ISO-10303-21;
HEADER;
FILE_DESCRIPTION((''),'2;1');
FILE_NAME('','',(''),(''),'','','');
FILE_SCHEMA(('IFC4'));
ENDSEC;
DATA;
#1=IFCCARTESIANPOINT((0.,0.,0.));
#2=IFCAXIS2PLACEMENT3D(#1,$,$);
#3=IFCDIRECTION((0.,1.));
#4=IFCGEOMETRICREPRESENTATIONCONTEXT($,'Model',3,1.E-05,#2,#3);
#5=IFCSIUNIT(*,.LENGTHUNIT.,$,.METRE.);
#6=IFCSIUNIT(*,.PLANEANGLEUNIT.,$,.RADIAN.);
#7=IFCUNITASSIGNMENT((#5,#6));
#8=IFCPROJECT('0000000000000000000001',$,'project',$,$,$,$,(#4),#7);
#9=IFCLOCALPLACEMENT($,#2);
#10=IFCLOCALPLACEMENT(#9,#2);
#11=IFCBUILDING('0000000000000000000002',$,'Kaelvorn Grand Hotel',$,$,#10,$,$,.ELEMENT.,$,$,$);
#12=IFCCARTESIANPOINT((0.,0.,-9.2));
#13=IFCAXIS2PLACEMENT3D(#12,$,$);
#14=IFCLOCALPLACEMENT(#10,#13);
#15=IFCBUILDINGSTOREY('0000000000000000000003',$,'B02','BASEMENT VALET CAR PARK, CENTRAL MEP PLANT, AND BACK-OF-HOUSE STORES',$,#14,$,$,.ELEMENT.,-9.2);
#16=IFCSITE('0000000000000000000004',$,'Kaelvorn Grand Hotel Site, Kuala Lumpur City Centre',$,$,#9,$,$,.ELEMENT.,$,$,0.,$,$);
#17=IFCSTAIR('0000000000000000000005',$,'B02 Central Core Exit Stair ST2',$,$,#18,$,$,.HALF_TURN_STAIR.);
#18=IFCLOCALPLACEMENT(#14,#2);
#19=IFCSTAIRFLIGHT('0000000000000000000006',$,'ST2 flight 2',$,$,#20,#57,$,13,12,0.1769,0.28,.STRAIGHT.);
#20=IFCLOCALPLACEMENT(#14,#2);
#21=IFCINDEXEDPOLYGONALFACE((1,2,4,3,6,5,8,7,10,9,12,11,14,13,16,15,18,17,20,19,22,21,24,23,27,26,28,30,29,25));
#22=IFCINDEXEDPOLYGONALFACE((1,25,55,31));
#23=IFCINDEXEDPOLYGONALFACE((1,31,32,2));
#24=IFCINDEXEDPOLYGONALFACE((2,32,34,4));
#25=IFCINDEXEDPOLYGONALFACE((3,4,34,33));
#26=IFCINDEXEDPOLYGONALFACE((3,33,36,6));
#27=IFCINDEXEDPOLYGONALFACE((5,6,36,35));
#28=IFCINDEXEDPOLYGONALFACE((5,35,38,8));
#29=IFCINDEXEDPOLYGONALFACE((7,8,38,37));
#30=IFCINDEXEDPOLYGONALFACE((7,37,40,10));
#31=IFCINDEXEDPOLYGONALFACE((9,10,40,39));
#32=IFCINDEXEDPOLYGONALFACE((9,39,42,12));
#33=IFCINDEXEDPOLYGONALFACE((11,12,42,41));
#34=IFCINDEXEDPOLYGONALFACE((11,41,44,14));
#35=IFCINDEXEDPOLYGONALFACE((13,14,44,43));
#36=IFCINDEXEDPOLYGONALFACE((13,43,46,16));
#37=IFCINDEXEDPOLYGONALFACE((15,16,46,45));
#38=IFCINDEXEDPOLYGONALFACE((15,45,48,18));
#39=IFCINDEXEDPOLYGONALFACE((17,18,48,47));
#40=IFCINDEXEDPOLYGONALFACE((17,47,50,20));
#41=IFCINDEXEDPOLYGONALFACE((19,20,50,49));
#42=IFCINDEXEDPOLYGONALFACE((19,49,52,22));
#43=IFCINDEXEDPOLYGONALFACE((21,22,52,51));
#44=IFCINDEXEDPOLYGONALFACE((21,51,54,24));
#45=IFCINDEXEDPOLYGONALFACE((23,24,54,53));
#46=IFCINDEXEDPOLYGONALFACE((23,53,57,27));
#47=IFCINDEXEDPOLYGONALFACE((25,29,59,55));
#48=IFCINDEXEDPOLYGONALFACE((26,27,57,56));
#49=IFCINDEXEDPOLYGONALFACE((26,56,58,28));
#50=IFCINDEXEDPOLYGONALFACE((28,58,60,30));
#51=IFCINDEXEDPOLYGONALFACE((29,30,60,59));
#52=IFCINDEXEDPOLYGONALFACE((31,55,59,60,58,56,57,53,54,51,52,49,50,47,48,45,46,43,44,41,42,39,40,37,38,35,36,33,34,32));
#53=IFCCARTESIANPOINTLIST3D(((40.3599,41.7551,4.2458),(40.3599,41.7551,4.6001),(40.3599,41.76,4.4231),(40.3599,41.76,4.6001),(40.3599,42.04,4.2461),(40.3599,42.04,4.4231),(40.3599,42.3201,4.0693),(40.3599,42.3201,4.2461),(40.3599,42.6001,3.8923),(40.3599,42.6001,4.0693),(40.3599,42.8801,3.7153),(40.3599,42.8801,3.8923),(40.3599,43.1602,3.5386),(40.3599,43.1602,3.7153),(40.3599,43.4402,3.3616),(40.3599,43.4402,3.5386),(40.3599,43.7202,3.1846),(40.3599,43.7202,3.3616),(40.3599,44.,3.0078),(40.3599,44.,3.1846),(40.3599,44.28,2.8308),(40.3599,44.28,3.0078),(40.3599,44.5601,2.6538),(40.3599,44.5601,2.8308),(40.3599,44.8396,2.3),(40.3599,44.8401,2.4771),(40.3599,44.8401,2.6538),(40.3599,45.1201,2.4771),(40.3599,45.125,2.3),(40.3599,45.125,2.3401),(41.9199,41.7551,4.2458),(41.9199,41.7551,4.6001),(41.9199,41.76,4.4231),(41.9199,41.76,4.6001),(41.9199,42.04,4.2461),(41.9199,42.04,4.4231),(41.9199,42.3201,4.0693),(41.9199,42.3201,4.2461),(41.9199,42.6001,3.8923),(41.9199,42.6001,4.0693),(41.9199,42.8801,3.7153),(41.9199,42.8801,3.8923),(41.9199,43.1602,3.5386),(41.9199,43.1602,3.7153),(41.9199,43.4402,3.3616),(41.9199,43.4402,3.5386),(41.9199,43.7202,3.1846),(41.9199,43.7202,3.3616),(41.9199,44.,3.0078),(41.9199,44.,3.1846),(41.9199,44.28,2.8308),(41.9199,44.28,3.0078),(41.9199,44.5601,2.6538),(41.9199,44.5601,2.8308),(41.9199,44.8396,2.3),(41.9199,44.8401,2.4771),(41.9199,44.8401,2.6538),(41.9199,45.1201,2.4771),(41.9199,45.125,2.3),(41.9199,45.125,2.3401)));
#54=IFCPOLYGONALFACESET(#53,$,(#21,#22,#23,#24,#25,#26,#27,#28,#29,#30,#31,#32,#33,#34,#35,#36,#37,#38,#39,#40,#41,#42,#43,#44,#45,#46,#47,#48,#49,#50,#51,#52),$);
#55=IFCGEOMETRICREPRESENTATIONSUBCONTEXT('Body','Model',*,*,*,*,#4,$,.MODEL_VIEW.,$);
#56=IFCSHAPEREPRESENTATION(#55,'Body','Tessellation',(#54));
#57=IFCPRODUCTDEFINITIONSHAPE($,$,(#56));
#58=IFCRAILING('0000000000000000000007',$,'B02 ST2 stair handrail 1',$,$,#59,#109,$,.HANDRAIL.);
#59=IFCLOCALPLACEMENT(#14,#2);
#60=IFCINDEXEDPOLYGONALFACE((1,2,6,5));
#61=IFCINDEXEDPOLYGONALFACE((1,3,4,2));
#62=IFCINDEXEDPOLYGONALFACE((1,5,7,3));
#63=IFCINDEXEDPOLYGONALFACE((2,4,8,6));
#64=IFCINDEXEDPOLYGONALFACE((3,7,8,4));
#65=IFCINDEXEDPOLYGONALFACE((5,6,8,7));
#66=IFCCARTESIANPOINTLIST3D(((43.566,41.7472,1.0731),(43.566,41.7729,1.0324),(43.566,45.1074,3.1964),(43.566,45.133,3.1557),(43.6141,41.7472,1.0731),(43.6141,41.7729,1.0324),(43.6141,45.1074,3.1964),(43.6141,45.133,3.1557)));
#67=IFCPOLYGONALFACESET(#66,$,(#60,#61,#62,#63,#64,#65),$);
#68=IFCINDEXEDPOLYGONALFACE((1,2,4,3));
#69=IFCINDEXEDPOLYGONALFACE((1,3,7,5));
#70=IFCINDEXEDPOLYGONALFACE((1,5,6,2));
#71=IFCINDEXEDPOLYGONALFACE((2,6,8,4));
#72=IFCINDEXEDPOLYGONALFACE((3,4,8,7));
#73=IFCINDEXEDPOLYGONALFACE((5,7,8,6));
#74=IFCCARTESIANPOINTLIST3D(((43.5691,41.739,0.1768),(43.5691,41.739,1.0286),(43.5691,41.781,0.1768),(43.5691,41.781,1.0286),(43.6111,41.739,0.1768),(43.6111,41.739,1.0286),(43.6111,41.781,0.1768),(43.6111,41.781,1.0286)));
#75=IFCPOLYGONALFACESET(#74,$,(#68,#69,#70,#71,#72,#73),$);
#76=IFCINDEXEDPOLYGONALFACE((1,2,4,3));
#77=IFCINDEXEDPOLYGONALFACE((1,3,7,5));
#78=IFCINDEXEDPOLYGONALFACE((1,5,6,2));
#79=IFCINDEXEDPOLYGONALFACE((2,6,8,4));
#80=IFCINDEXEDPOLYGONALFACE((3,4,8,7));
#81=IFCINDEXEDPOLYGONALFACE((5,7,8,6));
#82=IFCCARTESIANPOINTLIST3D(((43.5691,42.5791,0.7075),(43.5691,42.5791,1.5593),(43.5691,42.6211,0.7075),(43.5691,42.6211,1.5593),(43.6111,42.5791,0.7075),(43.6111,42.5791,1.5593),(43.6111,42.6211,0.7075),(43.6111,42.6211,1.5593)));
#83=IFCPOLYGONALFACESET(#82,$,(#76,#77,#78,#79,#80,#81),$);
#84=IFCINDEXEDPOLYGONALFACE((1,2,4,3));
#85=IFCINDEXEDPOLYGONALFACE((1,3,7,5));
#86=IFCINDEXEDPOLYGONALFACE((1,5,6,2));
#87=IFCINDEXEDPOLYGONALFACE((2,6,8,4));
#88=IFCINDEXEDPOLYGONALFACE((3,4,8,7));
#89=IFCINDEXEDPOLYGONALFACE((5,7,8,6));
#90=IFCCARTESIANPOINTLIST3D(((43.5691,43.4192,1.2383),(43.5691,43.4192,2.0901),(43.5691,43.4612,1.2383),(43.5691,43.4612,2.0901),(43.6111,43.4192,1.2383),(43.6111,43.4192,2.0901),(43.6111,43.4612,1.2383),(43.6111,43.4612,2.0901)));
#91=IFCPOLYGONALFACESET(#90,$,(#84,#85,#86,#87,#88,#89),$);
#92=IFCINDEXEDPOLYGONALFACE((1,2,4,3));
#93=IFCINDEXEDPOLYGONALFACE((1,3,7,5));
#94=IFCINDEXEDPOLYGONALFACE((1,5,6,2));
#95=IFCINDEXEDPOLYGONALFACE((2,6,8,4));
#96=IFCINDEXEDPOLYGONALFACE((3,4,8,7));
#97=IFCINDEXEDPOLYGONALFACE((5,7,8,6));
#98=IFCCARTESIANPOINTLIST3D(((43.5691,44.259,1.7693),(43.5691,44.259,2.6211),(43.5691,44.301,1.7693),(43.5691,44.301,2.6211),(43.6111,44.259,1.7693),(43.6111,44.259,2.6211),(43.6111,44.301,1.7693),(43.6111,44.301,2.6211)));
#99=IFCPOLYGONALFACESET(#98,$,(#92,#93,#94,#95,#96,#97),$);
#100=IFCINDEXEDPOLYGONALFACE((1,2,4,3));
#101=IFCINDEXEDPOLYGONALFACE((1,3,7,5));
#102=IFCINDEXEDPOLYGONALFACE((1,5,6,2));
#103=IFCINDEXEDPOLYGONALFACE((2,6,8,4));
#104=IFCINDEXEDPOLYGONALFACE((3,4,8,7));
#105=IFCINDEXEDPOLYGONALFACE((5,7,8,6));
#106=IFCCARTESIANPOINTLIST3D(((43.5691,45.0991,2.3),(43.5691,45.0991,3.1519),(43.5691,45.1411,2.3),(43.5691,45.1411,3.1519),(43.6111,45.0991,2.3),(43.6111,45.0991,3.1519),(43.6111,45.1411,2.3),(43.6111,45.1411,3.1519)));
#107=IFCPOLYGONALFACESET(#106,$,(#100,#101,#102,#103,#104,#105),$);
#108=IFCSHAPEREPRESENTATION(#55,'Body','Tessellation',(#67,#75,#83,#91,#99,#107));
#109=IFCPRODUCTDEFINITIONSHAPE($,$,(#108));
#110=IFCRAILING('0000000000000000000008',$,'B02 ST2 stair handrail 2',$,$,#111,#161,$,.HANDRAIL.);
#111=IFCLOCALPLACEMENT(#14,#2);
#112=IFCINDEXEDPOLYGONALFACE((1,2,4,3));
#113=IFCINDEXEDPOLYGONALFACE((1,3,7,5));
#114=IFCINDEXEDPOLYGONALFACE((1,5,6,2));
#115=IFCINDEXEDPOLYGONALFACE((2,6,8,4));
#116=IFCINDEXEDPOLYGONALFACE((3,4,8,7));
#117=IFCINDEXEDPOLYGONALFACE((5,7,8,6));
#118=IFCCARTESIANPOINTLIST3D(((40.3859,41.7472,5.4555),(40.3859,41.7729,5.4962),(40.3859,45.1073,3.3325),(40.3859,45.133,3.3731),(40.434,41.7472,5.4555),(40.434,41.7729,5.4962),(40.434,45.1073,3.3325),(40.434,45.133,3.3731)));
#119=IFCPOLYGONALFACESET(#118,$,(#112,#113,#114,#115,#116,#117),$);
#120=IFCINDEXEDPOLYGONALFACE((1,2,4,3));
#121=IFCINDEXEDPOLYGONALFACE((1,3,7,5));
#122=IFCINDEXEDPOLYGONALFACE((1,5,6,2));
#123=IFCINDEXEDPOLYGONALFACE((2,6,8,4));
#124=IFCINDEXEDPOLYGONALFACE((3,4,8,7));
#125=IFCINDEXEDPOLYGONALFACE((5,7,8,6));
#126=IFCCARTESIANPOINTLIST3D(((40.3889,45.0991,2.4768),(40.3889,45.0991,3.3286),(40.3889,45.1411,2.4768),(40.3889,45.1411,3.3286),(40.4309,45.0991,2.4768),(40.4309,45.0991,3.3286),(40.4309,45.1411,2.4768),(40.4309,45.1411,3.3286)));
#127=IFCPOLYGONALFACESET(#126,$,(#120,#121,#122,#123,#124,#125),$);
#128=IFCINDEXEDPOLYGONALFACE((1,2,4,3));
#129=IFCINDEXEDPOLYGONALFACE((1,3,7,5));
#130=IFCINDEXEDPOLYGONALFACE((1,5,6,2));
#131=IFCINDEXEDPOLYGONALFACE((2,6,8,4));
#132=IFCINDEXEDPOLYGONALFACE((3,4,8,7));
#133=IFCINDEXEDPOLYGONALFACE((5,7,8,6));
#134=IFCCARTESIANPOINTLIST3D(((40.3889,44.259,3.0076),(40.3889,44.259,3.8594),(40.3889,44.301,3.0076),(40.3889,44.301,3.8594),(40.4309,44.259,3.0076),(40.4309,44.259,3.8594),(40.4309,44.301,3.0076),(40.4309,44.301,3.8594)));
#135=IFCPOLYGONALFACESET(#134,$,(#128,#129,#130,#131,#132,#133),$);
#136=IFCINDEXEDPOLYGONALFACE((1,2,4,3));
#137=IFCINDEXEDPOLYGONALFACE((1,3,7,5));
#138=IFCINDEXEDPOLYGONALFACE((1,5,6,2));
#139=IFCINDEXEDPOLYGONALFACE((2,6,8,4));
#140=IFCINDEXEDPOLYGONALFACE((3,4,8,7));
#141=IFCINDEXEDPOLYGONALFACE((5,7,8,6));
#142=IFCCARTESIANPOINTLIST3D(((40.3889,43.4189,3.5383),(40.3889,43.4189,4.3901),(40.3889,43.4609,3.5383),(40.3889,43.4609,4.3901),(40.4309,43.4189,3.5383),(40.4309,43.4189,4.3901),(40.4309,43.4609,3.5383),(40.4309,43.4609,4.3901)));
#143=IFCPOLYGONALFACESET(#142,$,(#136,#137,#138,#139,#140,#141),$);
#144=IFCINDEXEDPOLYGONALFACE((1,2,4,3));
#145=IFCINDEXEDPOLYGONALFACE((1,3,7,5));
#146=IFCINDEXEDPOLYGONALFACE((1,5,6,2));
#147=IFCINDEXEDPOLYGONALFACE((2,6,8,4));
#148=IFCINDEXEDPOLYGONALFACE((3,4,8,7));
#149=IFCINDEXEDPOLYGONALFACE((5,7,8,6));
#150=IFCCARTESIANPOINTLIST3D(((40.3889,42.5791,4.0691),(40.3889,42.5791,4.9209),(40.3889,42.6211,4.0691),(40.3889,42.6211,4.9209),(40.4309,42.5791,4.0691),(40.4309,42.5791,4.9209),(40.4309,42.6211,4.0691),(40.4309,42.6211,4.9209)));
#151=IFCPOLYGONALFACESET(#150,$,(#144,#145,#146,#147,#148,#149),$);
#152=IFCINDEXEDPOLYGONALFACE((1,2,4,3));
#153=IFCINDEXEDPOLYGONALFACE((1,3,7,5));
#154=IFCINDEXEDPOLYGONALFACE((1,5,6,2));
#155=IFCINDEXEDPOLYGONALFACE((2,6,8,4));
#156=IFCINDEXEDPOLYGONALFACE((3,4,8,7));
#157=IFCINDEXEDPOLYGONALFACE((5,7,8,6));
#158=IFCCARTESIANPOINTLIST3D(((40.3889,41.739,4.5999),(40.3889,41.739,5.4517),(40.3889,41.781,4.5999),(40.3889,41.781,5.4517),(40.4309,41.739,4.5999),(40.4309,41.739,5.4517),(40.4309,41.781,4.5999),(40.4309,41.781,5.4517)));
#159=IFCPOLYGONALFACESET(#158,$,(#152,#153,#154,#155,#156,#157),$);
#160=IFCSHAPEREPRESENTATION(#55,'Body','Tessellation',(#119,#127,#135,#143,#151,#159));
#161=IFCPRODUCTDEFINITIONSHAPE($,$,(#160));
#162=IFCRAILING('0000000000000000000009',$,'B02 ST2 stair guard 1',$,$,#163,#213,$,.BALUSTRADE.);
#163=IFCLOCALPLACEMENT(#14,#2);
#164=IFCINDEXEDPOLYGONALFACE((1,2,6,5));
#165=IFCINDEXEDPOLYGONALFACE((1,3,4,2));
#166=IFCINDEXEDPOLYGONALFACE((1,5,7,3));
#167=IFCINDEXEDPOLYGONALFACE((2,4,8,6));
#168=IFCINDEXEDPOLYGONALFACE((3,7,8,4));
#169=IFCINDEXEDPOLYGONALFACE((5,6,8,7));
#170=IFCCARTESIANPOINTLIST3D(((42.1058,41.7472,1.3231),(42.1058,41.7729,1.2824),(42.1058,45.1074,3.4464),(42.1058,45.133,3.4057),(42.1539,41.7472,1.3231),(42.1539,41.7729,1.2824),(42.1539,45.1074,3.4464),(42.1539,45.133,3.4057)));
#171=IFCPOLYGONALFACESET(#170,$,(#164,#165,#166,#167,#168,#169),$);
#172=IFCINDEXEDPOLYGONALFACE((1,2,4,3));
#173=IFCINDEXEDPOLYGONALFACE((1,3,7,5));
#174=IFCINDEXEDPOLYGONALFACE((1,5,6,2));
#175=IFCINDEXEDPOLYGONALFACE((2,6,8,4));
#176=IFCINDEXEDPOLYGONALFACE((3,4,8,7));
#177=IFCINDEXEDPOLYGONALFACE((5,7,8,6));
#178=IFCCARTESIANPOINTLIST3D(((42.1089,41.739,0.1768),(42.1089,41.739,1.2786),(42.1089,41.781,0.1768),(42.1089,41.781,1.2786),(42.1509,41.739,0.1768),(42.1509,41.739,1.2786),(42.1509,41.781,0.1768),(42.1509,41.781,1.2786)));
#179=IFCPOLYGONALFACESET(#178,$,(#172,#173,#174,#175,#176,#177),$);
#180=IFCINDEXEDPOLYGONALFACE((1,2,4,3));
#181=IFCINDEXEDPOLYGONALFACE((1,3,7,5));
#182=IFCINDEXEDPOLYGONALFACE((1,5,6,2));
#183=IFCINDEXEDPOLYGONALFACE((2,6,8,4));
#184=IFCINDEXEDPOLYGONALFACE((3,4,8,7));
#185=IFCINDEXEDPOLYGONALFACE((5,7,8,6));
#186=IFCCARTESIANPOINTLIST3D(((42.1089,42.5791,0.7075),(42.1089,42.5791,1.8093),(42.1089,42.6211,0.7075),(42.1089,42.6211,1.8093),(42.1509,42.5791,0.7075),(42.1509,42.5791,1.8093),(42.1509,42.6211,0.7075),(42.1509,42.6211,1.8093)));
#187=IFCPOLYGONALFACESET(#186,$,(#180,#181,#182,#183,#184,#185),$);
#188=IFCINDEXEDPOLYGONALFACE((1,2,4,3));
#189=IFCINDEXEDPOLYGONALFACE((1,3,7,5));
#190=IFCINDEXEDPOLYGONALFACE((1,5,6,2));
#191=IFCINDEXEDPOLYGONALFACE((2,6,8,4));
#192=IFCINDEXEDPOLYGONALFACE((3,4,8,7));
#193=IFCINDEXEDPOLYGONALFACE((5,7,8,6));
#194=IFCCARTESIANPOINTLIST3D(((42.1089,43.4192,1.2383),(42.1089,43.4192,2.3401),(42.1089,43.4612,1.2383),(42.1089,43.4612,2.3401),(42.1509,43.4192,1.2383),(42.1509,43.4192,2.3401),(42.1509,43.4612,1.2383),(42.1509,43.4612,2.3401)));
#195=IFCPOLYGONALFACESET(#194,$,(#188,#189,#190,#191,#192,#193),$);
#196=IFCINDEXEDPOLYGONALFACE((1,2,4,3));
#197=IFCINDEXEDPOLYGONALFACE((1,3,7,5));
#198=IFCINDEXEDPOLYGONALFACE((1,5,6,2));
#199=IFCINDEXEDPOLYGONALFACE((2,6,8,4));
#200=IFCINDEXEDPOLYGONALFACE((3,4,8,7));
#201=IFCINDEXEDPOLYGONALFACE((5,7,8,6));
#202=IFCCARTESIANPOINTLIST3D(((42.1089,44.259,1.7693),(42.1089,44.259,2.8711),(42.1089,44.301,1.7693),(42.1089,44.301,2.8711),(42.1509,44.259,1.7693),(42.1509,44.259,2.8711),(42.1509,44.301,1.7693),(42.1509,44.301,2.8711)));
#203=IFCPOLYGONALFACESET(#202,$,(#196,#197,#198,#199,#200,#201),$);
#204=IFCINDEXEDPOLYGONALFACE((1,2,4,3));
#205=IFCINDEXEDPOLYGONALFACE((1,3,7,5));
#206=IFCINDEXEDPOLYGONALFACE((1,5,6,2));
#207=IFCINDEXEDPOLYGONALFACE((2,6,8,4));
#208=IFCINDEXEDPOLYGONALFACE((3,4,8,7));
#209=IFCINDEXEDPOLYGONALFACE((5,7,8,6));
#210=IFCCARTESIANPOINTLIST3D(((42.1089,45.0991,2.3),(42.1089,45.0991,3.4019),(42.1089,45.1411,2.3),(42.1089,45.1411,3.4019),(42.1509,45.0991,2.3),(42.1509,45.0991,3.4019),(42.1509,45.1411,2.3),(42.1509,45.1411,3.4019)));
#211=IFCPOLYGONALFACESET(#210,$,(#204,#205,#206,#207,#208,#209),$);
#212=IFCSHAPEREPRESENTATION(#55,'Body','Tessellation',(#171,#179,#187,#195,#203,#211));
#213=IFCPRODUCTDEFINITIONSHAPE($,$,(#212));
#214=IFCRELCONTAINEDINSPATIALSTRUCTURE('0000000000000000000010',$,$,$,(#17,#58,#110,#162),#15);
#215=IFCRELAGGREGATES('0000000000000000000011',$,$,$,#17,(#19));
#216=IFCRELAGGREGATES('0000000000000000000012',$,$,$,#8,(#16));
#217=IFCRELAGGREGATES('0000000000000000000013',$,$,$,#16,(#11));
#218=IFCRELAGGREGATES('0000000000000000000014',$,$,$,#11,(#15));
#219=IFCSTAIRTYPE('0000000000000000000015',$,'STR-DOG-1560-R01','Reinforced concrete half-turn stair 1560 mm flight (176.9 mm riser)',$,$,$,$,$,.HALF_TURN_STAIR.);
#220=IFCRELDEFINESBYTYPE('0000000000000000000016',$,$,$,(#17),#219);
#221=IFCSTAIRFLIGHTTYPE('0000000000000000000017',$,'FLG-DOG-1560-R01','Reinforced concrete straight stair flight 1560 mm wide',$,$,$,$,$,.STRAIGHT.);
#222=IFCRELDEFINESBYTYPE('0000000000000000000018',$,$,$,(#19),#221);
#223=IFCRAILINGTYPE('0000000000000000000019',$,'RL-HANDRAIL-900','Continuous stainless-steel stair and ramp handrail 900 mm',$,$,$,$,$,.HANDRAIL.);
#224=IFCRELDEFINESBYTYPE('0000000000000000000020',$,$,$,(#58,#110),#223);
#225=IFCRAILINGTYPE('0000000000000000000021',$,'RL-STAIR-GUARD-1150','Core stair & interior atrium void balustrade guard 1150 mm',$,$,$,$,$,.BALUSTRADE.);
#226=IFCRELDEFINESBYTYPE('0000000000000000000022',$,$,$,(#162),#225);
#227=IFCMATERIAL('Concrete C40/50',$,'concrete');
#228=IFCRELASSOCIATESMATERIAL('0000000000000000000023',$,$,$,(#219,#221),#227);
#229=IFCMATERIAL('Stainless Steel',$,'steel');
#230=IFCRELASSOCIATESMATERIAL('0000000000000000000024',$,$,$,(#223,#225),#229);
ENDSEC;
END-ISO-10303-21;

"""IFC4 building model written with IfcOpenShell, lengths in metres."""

from ifc_helpers import new_model, si_unit, direction, frame, origin, origin_2d, place, context, subcontext, project, spatial, polyline, rectangle, outline, extrude, material, type_object, element, aggregate, save


model = new_model("IFC4")

# Units and contexts
model_context = context("Model", 3, precision=1e-05, world=origin(), true_north=direction((0.0, 1.0)))
body_context = subcontext(model_context, "Body", "Model", "MODEL_VIEW")
ifc_project = project(units=[si_unit("LENGTHUNIT", "METRE"), si_unit("PLANEANGLEUNIT", "RADIAN")], contexts=[model_context])

# Site, building, storey
site_placement = place(None, origin())
site = spatial("IfcSite", under=ifc_project, at=site_placement, Name="Kaelvorn Grand Hotel Site, Kuala Lumpur City Centre", CompositionType="ELEMENT", RefElevation=0.0)
building_placement = place(site_placement, origin())
building = spatial("IfcBuilding", under=site, at=building_placement, Name="Kaelvorn Grand Hotel", CompositionType="ELEMENT")
storey_placement = place(building_placement, frame((0.0, 0.0, -9.2)))
storey = spatial("IfcBuildingStorey", under=building, at=storey_placement, Name="B02", Description="BASEMENT VALET CAR PARK, CENTRAL MEP PLANT, AND BACK-OF-HOUSE STORES", CompositionType="ELEMENT", Elevation=-9.2)

# Shared definitions
ifc_material_1 = material(Name="Concrete C40/50", Category="concrete")

# Stair, stair flight
stair_type = type_object("IfcStairType", Name="STR-DOG-1560-R01", Description="Reinforced concrete half-turn stair 1560 mm flight (176.9 mm riser)", PredefinedType="HALF_TURN_STAIR", material=ifc_material_1)
stair_placement = place(storey_placement, origin())
stair = element("IfcStair", 1, at=stair_placement, inside=storey, type_object=stair_type, Name="B02 Central Core Exit Stair ST2", PredefinedType="HALF_TURN_STAIR")
stair_flight_type = type_object("IfcStairFlightType", Name="FLG-DOG-1560-R01", Description="Reinforced concrete straight stair flight 1560 mm wide", PredefinedType="STRAIGHT", material=ifc_material_1)
stair_flight_1_placement = place(storey_placement, frame((41.1399, 45.1201, 2.3), z_axis=(0.0, 0.0, 1.0), x_axis=(0.0, -1.0, 0.0)))
stair_flight_1 = element("IfcStairFlight", 2, at=stair_flight_1_placement, type_object=stair_flight_type, Name="ST2 flight 2", NumberOfRisers=13, NumberOfTreads=12, PredefinedType="STRAIGHT", RiserHeight=0.1769, TreadLength=0.28, context=body_context, shape_type="SweptSolid", body=[
    extrude(outline(polyline([(-0.0049, 0.0), (-0.0049, 0.04), (0.0, 0.177), (0.28, 0.177), (0.28, 0.3538), (0.5601, 0.3538), (0.5601, 0.5308), (0.8401, 0.5308), (0.8401, 0.7078), (1.1201, 0.7078), (1.1201, 0.8845), (1.3999, 0.8845), (1.3999, 1.0615), (1.6799, 1.0615), (1.6799, 1.2385), (1.96, 1.2385), (1.96, 1.4153), (2.24, 1.4153), (2.24, 1.5923), (2.52, 1.5923), (2.52, 1.7693), (2.8, 1.7693), (2.8, 1.946), (3.0801, 1.946), (3.0801, 2.123), (3.3601, 2.123), (3.3601, 2.3), (3.365, 2.3), (3.365, 1.9458), (0.2805, 0.0), (-0.0049, 0.0)])), frame((0.0, 0.78, 0.0), z_axis=(0.0, -1.0, 0.0), x_axis=(1.0, 0.0, 0.0)), (0.0, 0.0, 1.0), 1.5601),
])
aggregate(stair, [stair_flight_1])

# Railings
ifc_material_2 = material(Name="Stainless Steel", Category="steel")
railing_type_1 = type_object("IfcRailingType", Name="RL-HANDRAIL-900", Description="Continuous stainless-steel stair and ramp handrail 900 mm", PredefinedType="HANDRAIL", material=ifc_material_2)
railing_1_placement = place(storey_placement, frame((43.5901, 41.76, 0.1768)))
element("IfcRailing", 3, at=railing_1_placement, inside=storey, type_object=railing_type_1, Name="B02 ST2 stair handrail 1", PredefinedType="HANDRAIL", context=body_context, shape_type="SweptSolid", body=[
    extrude(rectangle(XDim=0.0481, YDim=0.0481, at=origin_2d()), frame((0.0, 0.0, 0.876), z_axis=(0.0, 0.845362, 0.534194), x_axis=(-1.0, 0.0, 0.0)), (0.0, 0.0, 1.0), 3.9749),
    extrude(rectangle(XDim=0.042, YDim=0.042, at=origin_2d()), origin(), (0.0, 0.0, 1.0), 0.8518),
    extrude(rectangle(XDim=0.042, YDim=0.042, at=origin_2d()), frame((0.0, 0.8401, 0.5308)), (0.0, 0.0, 1.0), 0.8518),
    extrude(rectangle(XDim=0.042, YDim=0.042, at=origin_2d()), frame((0.0, 1.6802, 1.0615)), (0.0, 0.0, 1.0), 0.8518),
    extrude(rectangle(XDim=0.042, YDim=0.042, at=origin_2d()), frame((0.0, 2.52, 1.5925)), (0.0, 0.0, 1.0), 0.8518),
    extrude(rectangle(XDim=0.042, YDim=0.042, at=origin_2d()), frame((0.0, 3.3601, 2.1233)), (0.0, 0.0, 1.0), 0.8518),
])
railing_2_placement = place(storey_placement, frame((40.4099, 45.1201, 2.4768)))
element("IfcRailing", 4, at=railing_2_placement, inside=storey, type_object=railing_type_1, Name="B02 ST2 stair handrail 2", PredefinedType="HANDRAIL", context=body_context, shape_type="SweptSolid", body=[
    extrude(rectangle(XDim=0.0481, YDim=0.0481, at=origin_2d()), frame((0.0, 0.0, 0.876), z_axis=(0.0, -0.84539, 0.53415), x_axis=(1.0, 0.0, 0.0)), (0.0, 0.0, 1.0), 3.9746),
    extrude(rectangle(XDim=0.042, YDim=0.042, at=origin_2d()), origin(), (0.0, 0.0, 1.0), 0.8518),
    extrude(rectangle(XDim=0.042, YDim=0.042, at=origin_2d()), frame((0.0, -0.8401, 0.5308)), (0.0, 0.0, 1.0), 0.8518),
    extrude(rectangle(XDim=0.042, YDim=0.042, at=origin_2d()), frame((0.0, -1.6802, 1.0615)), (0.0, 0.0, 1.0), 0.8518),
    extrude(rectangle(XDim=0.042, YDim=0.042, at=origin_2d()), frame((0.0, -2.52, 1.5923)), (0.0, 0.0, 1.0), 0.8518),
    extrude(rectangle(XDim=0.042, YDim=0.042, at=origin_2d()), frame((0.0, -3.3601, 2.123)), (0.0, 0.0, 1.0), 0.8518),
])
railing_type_2 = type_object("IfcRailingType", Name="RL-STAIR-GUARD-1150", Description="Core stair & interior atrium void balustrade guard 1150 mm", PredefinedType="BALUSTRADE", material=ifc_material_2)
railing_3_placement = place(storey_placement, frame((42.1299, 41.76, 0.1768)))
element("IfcRailing", 5, at=railing_3_placement, inside=storey, type_object=railing_type_2, Name="B02 ST2 stair guard 1", PredefinedType="BALUSTRADE", context=body_context, shape_type="SweptSolid", body=[
    extrude(rectangle(XDim=0.0481, YDim=0.0481, at=origin_2d()), frame((0.0, 0.0, 1.126), z_axis=(0.0, 0.845362, 0.534194), x_axis=(-1.0, 0.0, 0.0)), (0.0, 0.0, 1.0), 3.9749),
    extrude(rectangle(XDim=0.042, YDim=0.042, at=origin_2d()), origin(), (0.0, 0.0, 1.0), 1.1018),
    extrude(rectangle(XDim=0.042, YDim=0.042, at=origin_2d()), frame((0.0, 0.8401, 0.5308)), (0.0, 0.0, 1.0), 1.1018),
    extrude(rectangle(XDim=0.042, YDim=0.042, at=origin_2d()), frame((0.0, 1.6802, 1.0615)), (0.0, 0.0, 1.0), 1.1018),
    extrude(rectangle(XDim=0.042, YDim=0.042, at=origin_2d()), frame((0.0, 2.52, 1.5925)), (0.0, 0.0, 1.0), 1.1018),
    extrude(rectangle(XDim=0.042, YDim=0.042, at=origin_2d()), frame((0.0, 3.3601, 2.1233)), (0.0, 0.0, 1.0), 1.1018),
])

save(model, "model.ifc")
